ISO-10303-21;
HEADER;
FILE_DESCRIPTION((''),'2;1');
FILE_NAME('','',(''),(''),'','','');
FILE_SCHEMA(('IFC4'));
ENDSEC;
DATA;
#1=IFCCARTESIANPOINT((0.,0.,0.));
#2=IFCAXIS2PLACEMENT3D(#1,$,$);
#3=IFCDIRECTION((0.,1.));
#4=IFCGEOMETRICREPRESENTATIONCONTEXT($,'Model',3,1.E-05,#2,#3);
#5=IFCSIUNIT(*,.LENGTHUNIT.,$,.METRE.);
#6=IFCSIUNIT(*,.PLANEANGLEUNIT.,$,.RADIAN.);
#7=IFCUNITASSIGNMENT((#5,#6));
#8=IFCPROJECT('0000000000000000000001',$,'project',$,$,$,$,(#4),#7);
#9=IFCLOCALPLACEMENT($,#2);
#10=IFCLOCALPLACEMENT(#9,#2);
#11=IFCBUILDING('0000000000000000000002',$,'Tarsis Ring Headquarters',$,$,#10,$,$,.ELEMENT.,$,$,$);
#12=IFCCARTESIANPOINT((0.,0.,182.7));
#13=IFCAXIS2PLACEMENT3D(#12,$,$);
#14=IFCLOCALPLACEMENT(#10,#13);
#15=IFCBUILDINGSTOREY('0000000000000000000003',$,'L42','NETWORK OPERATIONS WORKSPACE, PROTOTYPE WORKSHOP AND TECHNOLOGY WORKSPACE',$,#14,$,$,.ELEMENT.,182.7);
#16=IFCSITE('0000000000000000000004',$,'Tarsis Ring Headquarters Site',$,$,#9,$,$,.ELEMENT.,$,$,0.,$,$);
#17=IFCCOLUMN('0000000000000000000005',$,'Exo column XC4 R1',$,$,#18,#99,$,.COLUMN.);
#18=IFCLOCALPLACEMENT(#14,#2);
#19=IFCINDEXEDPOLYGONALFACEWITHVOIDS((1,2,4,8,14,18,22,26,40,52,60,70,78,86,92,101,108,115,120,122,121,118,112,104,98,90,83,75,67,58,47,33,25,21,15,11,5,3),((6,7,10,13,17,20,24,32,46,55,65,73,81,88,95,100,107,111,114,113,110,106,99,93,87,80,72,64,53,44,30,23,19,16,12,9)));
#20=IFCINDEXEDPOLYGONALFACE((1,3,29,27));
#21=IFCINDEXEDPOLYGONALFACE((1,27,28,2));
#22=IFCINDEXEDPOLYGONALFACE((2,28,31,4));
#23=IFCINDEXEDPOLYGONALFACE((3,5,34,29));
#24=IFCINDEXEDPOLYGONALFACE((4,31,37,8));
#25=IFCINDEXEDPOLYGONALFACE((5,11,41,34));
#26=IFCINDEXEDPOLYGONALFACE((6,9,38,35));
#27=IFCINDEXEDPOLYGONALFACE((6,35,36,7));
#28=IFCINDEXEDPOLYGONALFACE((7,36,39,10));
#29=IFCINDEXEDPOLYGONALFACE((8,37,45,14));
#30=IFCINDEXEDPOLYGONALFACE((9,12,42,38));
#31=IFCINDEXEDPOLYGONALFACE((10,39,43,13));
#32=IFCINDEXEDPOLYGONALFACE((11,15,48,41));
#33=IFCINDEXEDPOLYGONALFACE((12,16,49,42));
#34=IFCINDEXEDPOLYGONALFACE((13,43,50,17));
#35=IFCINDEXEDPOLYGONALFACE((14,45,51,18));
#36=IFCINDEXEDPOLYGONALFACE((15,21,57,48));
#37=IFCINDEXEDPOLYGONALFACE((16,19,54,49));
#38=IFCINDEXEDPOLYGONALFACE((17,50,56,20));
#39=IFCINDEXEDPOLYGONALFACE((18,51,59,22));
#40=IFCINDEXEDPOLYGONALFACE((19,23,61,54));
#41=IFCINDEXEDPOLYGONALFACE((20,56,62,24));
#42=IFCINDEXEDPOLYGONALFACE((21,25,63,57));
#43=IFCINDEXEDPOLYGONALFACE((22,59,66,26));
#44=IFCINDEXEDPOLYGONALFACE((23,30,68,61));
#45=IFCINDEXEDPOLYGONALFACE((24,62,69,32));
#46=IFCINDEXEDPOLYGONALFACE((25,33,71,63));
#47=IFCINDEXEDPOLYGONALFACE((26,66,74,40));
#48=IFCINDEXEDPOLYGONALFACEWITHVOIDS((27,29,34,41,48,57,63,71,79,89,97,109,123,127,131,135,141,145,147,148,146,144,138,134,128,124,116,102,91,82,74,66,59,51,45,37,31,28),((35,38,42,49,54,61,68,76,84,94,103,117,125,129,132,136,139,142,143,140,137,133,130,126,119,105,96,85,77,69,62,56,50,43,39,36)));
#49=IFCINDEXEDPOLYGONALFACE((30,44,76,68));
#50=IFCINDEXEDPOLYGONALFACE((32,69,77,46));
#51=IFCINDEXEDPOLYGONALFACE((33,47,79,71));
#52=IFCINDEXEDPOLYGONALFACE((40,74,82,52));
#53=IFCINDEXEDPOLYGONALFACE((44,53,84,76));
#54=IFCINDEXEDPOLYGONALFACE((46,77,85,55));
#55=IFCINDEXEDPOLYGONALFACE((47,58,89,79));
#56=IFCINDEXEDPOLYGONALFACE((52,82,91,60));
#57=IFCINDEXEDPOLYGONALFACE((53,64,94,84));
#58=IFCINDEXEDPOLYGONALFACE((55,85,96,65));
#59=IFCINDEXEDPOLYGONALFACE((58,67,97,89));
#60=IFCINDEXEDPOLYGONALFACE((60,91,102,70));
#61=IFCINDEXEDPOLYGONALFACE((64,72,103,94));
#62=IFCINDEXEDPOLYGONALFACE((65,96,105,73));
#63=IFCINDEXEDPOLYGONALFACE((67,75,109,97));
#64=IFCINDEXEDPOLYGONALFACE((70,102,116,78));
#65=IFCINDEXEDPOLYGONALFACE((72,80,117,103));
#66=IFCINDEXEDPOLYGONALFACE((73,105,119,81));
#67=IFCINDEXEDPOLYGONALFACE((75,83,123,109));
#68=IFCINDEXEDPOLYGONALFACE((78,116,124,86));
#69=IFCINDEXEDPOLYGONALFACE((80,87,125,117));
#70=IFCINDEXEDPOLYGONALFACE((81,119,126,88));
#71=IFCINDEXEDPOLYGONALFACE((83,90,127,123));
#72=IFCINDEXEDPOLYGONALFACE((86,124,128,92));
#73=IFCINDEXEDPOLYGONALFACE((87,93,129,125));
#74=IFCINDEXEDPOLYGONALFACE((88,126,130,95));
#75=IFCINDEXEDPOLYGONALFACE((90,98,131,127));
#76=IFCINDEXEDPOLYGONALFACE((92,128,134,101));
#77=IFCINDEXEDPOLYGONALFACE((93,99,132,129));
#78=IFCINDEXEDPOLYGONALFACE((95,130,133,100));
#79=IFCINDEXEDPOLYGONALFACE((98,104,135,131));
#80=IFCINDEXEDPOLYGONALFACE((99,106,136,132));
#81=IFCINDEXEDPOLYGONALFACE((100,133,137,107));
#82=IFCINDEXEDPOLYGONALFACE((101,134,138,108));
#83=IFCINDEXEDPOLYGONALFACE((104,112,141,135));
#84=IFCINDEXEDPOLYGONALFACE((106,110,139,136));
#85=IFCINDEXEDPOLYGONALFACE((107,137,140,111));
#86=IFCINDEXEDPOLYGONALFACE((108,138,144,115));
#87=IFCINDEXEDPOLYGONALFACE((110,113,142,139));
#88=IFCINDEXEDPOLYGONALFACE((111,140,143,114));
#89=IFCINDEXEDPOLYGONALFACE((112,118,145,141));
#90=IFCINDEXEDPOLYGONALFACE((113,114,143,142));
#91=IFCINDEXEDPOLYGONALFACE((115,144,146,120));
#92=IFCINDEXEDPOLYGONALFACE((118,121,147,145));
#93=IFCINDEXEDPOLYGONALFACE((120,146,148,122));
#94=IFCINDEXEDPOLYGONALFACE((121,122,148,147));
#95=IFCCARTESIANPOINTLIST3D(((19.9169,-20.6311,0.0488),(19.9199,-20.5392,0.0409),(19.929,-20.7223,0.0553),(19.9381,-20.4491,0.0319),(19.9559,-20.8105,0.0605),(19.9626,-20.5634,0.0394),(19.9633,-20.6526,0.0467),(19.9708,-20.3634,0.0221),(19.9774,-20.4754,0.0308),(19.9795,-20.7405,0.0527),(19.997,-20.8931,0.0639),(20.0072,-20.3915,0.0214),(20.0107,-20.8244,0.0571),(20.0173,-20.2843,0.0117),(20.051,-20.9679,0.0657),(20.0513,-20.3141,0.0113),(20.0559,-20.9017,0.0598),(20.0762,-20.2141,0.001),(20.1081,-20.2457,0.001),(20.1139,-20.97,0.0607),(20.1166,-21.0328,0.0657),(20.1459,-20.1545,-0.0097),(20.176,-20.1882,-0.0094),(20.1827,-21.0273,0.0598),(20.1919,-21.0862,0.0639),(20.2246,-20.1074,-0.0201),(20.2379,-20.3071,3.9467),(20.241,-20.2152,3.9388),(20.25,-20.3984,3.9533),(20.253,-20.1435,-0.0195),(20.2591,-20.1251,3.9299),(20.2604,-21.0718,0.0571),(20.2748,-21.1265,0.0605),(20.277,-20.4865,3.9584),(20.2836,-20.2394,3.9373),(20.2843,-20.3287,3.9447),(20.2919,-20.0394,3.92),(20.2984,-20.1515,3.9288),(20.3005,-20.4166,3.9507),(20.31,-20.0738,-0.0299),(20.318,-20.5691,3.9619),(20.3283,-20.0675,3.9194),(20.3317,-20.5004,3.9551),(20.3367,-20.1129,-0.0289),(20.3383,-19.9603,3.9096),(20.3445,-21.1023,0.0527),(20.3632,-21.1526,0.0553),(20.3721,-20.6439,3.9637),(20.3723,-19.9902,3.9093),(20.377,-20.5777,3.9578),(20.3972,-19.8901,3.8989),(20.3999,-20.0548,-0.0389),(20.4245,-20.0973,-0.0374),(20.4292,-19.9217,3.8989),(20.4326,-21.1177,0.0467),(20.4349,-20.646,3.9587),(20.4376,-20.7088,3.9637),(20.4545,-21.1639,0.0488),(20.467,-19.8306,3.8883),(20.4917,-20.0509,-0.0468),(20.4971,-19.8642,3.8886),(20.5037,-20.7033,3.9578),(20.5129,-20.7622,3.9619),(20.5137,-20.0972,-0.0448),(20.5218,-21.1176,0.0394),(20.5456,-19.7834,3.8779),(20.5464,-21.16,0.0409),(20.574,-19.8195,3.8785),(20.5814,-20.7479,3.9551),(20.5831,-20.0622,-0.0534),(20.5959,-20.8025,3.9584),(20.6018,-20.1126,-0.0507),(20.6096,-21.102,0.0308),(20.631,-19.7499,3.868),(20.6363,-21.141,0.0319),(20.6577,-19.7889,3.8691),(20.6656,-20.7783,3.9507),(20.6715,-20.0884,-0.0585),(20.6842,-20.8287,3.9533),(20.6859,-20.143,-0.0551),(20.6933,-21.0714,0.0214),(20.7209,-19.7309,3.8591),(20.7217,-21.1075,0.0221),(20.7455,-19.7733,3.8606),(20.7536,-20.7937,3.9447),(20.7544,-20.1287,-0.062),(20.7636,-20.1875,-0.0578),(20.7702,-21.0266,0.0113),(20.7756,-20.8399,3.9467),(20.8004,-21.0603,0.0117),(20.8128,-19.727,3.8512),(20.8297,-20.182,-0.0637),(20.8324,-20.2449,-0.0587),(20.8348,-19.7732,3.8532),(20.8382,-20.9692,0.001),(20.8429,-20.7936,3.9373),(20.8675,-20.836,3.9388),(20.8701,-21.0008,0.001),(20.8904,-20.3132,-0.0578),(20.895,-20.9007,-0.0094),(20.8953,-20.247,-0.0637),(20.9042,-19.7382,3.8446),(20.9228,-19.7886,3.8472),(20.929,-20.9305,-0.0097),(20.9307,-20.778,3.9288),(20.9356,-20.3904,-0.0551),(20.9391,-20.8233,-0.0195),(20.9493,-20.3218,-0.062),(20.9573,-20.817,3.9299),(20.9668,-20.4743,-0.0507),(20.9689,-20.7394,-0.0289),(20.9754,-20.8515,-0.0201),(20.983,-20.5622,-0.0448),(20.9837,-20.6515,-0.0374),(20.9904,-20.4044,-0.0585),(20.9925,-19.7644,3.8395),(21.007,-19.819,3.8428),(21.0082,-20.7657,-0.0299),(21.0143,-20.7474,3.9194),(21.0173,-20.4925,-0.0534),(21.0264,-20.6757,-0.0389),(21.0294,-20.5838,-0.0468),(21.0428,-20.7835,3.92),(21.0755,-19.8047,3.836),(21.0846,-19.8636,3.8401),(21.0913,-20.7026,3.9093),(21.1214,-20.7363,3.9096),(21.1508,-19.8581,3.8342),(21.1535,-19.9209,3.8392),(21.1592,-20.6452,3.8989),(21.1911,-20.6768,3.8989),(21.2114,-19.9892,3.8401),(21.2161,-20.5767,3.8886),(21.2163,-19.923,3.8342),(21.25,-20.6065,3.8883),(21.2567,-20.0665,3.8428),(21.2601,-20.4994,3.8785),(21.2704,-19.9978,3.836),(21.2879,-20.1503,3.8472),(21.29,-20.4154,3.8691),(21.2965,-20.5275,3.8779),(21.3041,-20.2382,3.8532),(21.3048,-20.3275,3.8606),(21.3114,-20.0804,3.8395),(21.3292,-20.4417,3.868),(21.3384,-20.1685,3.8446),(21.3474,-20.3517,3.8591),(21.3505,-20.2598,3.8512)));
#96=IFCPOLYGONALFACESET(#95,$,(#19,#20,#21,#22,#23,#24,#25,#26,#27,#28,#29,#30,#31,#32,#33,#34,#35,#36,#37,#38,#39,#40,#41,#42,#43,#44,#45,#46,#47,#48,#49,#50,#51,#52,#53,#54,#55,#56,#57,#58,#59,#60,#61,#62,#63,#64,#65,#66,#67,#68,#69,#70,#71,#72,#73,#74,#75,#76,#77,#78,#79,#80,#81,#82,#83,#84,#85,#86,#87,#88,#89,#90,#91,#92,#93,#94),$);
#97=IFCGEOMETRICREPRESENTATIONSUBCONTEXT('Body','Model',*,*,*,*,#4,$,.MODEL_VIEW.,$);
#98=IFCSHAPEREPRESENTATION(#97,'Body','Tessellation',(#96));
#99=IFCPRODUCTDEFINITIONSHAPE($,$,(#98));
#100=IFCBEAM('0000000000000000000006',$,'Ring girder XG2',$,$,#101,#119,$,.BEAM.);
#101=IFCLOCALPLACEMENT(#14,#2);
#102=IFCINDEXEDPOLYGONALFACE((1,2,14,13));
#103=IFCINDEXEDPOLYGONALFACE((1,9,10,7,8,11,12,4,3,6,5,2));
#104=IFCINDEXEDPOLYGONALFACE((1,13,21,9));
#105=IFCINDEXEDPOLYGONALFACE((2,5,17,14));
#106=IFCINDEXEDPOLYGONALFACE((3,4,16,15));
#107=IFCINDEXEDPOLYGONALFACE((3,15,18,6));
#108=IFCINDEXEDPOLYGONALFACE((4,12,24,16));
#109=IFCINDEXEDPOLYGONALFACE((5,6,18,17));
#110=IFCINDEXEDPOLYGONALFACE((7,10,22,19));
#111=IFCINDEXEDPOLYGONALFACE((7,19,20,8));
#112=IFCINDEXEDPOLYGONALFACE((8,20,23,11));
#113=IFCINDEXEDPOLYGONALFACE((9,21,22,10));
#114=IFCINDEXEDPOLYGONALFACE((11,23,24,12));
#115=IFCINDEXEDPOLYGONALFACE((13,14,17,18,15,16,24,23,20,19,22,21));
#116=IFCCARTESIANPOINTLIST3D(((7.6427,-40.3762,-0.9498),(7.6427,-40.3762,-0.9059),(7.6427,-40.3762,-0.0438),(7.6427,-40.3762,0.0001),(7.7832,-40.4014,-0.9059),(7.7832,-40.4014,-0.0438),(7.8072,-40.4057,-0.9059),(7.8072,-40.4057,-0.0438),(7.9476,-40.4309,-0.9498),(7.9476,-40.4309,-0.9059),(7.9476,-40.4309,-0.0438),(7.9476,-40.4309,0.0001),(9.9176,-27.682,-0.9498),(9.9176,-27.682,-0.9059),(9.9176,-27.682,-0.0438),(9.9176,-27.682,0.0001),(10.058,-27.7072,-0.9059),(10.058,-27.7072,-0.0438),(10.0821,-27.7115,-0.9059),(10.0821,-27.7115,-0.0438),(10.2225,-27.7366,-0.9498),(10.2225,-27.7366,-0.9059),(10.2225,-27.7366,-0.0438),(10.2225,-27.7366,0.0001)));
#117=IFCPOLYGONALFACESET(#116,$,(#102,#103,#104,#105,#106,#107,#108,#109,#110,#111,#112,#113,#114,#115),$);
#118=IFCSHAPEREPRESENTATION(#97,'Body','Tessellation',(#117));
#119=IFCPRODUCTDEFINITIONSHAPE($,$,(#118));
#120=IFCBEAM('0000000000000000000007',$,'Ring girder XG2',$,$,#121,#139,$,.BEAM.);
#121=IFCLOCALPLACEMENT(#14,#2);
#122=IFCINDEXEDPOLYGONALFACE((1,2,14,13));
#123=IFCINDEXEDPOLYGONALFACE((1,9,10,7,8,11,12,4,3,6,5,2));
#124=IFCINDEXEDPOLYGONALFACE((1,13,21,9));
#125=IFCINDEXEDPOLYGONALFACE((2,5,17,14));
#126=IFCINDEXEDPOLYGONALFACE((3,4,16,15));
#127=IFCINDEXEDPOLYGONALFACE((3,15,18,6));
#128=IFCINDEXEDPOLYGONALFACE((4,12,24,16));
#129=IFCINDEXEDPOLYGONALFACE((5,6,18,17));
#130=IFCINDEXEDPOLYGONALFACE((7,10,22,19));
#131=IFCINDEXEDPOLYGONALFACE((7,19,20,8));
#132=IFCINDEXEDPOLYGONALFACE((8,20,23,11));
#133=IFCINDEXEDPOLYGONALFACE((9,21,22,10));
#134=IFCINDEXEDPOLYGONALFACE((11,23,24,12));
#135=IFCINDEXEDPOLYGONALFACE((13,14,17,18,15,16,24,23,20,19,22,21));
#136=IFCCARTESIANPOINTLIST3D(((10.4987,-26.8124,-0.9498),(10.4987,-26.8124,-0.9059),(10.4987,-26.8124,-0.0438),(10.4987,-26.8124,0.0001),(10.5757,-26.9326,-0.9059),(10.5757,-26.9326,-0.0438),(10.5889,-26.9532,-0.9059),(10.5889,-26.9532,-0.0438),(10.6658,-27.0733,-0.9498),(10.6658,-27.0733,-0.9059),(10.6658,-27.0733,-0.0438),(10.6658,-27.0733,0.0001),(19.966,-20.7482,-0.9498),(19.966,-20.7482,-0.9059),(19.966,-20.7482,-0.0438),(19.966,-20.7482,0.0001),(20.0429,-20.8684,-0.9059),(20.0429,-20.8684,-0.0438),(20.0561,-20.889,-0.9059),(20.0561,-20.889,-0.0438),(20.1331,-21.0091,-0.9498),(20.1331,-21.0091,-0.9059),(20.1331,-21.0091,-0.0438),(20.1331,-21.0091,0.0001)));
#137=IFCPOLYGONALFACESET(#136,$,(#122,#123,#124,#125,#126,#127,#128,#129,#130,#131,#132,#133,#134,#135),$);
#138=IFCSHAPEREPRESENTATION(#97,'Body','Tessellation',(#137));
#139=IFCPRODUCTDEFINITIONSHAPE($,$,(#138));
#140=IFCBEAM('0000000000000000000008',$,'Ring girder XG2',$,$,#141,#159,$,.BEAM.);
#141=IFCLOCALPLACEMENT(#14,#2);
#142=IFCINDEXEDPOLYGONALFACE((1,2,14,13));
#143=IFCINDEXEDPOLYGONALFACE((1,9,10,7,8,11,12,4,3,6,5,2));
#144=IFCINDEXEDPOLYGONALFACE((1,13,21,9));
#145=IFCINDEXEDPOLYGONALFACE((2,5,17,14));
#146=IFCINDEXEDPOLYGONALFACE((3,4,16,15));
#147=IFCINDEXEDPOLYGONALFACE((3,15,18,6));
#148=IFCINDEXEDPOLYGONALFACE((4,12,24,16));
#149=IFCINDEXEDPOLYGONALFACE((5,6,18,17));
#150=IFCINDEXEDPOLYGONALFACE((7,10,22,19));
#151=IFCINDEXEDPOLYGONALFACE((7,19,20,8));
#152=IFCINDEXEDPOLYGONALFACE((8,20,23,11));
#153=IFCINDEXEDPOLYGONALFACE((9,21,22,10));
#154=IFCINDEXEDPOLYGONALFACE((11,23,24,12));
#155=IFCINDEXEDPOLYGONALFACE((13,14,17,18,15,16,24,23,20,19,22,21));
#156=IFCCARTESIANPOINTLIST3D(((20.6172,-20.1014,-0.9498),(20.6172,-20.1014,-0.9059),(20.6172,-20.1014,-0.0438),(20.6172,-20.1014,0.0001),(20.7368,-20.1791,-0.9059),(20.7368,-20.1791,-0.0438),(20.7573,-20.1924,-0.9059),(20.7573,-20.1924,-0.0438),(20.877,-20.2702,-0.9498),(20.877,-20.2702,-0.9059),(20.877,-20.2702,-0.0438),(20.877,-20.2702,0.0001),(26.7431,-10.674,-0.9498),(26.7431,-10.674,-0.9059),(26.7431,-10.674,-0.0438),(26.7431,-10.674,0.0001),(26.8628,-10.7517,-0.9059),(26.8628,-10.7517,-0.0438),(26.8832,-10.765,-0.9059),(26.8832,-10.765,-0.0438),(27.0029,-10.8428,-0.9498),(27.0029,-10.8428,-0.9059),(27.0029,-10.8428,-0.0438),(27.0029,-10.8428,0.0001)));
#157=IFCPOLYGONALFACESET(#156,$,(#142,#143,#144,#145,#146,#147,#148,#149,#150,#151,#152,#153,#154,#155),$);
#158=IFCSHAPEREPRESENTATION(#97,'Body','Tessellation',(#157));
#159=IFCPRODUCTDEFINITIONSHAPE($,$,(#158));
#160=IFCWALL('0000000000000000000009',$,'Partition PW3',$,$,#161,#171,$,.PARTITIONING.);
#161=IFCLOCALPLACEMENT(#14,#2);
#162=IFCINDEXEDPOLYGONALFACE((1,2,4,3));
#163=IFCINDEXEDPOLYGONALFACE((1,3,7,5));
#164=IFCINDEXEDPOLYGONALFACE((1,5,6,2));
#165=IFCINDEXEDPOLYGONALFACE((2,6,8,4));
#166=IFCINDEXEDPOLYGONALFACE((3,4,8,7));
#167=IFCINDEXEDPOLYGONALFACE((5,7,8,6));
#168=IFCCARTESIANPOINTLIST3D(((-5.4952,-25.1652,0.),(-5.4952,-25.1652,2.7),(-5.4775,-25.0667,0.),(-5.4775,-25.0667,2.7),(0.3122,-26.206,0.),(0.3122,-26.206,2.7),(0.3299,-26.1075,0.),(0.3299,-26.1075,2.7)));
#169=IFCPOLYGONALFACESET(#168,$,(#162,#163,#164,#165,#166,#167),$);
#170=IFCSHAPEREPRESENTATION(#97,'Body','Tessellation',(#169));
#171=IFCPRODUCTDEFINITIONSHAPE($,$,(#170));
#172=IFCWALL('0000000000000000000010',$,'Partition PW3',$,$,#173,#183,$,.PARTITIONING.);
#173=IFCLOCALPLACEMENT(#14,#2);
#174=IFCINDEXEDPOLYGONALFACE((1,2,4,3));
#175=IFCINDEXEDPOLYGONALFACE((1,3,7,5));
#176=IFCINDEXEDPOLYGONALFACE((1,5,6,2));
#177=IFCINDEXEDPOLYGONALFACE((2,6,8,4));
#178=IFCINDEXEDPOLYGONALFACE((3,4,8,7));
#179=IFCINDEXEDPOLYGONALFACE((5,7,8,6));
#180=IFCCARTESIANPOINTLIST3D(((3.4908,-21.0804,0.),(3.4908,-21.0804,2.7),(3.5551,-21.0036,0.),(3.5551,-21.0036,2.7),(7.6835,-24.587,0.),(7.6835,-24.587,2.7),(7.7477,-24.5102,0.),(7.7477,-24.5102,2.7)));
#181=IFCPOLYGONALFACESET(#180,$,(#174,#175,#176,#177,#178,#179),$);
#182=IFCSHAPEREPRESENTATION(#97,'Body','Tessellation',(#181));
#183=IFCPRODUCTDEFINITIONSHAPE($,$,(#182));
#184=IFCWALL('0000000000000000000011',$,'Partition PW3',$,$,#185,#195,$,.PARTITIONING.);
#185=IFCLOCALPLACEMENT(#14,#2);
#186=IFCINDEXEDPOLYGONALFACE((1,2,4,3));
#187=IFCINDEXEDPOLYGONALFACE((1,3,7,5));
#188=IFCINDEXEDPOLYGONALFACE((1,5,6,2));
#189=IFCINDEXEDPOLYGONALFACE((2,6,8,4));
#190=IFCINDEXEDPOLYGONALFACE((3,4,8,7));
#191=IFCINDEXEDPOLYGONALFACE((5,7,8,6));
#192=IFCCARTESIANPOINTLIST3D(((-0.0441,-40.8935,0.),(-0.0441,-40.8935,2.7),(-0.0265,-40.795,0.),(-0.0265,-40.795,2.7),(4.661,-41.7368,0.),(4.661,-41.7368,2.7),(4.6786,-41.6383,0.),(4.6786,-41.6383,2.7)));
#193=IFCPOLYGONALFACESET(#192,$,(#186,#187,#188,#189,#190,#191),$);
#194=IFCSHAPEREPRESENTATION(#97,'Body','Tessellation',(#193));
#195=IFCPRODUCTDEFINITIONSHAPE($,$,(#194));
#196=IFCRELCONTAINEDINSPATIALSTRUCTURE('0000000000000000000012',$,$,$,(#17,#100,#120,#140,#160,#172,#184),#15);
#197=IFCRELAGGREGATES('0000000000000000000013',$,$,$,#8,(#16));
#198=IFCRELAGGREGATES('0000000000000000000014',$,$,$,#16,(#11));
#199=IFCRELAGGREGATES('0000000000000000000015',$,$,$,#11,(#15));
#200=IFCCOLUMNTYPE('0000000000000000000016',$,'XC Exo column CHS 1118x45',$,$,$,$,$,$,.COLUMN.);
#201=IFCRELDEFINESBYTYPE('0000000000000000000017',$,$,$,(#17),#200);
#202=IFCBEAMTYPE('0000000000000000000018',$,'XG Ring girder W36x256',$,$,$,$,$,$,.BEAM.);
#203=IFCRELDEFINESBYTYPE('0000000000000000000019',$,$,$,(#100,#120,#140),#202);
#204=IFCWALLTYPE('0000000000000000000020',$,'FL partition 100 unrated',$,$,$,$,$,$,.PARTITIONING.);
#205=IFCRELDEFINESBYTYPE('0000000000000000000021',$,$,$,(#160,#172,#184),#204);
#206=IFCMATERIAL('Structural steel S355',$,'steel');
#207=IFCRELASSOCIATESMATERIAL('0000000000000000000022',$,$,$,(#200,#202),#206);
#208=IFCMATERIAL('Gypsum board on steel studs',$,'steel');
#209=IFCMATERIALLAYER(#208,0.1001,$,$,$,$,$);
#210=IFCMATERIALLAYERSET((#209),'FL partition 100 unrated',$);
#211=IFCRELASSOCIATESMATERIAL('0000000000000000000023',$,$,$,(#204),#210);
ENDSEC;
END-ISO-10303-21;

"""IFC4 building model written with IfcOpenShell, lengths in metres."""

from ifc_helpers import new_model, si_unit, direction, frame, frame_2d, origin, origin_2d, place, context, subcontext, project, spatial, rectangle, hollow_circle, i_section, extrude, material, layer, layer_set, material_profile, profile_set, type_object, element, save


model = new_model("IFC4")

# Units and contexts
model_context = context("Model", 3, precision=1e-05, world=origin(), true_north=direction((0.0, 1.0)))
body_context = subcontext(model_context, "Body", "Model", "MODEL_VIEW")
ifc_project = project(units=[si_unit("LENGTHUNIT", "METRE"), si_unit("PLANEANGLEUNIT", "RADIAN")], contexts=[model_context])

# Site, building, storey
site_placement = place(None, origin())
site = spatial("IfcSite", under=ifc_project, at=site_placement, Name="Tarsis Ring Headquarters Site", CompositionType="ELEMENT", RefElevation=0.0)
building_placement = place(site_placement, origin())
building = spatial("IfcBuilding", under=site, at=building_placement, Name="Tarsis Ring Headquarters", CompositionType="ELEMENT")
storey_placement = place(building_placement, frame((0.0, 0.0, 182.7)))
storey = spatial("IfcBuildingStorey", under=building, at=storey_placement, Name="L42", Description="NETWORK OPERATIONS WORKSPACE, PROTOTYPE WORKSHOP AND TECHNOLOGY WORKSPACE", CompositionType="ELEMENT", Elevation=182.7)

# Column
ifc_material_1 = material(Name="Structural steel S355", Category="steel")
ifc_material_profile_1 = material_profile(ifc_material_1, hollow_circle(Radius=0.5588, WallThickness=0.0449, at=origin_2d()), Name="CHS 1118x45")
ifc_profile_set_1 = profile_set([ifc_material_profile_1], Name="Structural steel S355")
column_type = type_object("IfcColumnType", Name="XC Exo column CHS 1118x45", PredefinedType="COLUMN", material=ifc_profile_set_1)
for number, where, z_axis, x_axis, name in (
    (1, (20.4731, -20.6074, 0.001), (0.081804, 0.082551, 0.993224), (-0.710311, 0.703888, 0.0), "Exo column XC4 R1"),
):
    element("IfcColumn", number, at=place(storey_placement, frame(where, z_axis=z_axis, x_axis=x_axis)), inside=storey, type_object=column_type, Name=name, PredefinedType="COLUMN", context=body_context, shape_type="SweptSolid", body=[
        extrude(hollow_circle(Radius=0.5588, WallThickness=0.0449, at=origin_2d()), origin(), (0.0, 0.0, 1.0), 3.9246),
    ])

# Beams
ifc_material_profile_2 = material_profile(ifc_material_1, i_section(OverallWidth=0.3098, OverallDepth=0.95, WebThickness=0.0244, FlangeThickness=0.0439, at=origin_2d()), Name="W36x256")
ifc_profile_set_2 = profile_set([ifc_material_profile_2], Name="Structural steel S355")
beam_type = type_object("IfcBeamType", Name="XG Ring girder W36x256", PredefinedType="BEAM", material=ifc_profile_set_2)
beam_placement = place(storey_placement, frame((7.7952, -40.4036, -0.4749), z_axis=(0.176396, 0.984319, 0.0), x_axis=(-0.984319, 0.176396, 0.0)))
element("IfcBeam", 2, at=beam_placement, inside=storey, type_object=beam_type, Name="Ring girder XG2", PredefinedType="BEAM", context=body_context, shape_type="SweptSolid", body=[
    extrude(i_section(OverallWidth=0.3098, OverallDepth=0.95, WebThickness=0.0244, FlangeThickness=0.0439, at=origin_2d()), origin(), (0.0, 0.0, 1.0), 12.8965),
])
for number, where, z_axis, x_axis, name in (
    (3, (10.5823, -26.9429, -0.4749), (0.842064, 0.539378, 0.0), (-0.539378, 0.842064, 0.0), "Ring girder XG2"),
    (4, (20.7471, -20.1858, -0.4749), (0.54487, 0.838521, 0.0), (-0.838521, 0.54487, 0.0), "Ring girder XG2"),
):
    element("IfcBeam", number, at=place(storey_placement, frame(where, z_axis=z_axis, x_axis=x_axis)), inside=storey, type_object=beam_type, Name=name, PredefinedType="BEAM", context=body_context, shape_type="SweptSolid", body=[
        extrude(i_section(OverallWidth=0.3098, OverallDepth=0.95, WebThickness=0.0244, FlangeThickness=0.0439, at=origin_2d()), origin(), (0.0, 0.0, 1.0), 11.2429),
    ])

# Walls
ifc_material_2 = material(Name="Gypsum board on steel studs", Category="steel")
ifc_layer_1 = layer(ifc_material_2, 0.1001)
ifc_layer_set_1 = layer_set([ifc_layer_1], Name="FL partition 100 unrated")
wall_type_1 = type_object("IfcWallType", Name="FL partition 100 unrated", PredefinedType="PARTITIONING", material=ifc_layer_set_1)
wall_1_placement = place(storey_placement, frame((-5.4863, -25.116, 0.0), z_axis=(0.0, 0.0, 1.0), x_axis=(0.984318, -0.176405, 0.0)))
element("IfcWall", 5, at=wall_1_placement, inside=storey, type_object=wall_type_1, Name="Partition PW3", PredefinedType="PARTITIONING", context=body_context, shape_type="SweptSolid", body=[
    extrude(rectangle(XDim=5.8999, YDim=0.1001, at=frame_2d((2.95, 0.0))), origin(), (0.0, 0.0, 1.0), 2.7),
])
wall_2_placement = place(storey_placement, frame((3.5229, -21.042, 0.0), z_axis=(0.0, 0.0, 1.0), x_axis=(0.767074, -0.641559, 0.0)))
element("IfcWall", 6, at=wall_2_placement, inside=storey, type_object=wall_type_1, Name="Partition PW3", PredefinedType="PARTITIONING", context=body_context, shape_type="SweptSolid", body=[
    extrude(rectangle(XDim=5.4658, YDim=0.1001, at=frame_2d((2.7329, 0.0))), origin(), (0.0, 0.0, 1.0), 2.7),
])
wall_3_placement = place(storey_placement, frame((-0.0354, -40.8442, 0.0), z_axis=(0.0, 0.0, 1.0), x_axis=(0.984316, -0.176413, 0.0)))
element("IfcWall", 7, at=wall_3_placement, inside=storey, type_object=wall_type_1, Name="Partition PW3", PredefinedType="PARTITIONING", context=body_context, shape_type="SweptSolid", body=[
    extrude(rectangle(XDim=4.78, YDim=0.1001, at=frame_2d((2.3901, 0.0))), origin(), (0.0, 0.0, 1.0), 2.7),
])

save(model, "model.ifc")
